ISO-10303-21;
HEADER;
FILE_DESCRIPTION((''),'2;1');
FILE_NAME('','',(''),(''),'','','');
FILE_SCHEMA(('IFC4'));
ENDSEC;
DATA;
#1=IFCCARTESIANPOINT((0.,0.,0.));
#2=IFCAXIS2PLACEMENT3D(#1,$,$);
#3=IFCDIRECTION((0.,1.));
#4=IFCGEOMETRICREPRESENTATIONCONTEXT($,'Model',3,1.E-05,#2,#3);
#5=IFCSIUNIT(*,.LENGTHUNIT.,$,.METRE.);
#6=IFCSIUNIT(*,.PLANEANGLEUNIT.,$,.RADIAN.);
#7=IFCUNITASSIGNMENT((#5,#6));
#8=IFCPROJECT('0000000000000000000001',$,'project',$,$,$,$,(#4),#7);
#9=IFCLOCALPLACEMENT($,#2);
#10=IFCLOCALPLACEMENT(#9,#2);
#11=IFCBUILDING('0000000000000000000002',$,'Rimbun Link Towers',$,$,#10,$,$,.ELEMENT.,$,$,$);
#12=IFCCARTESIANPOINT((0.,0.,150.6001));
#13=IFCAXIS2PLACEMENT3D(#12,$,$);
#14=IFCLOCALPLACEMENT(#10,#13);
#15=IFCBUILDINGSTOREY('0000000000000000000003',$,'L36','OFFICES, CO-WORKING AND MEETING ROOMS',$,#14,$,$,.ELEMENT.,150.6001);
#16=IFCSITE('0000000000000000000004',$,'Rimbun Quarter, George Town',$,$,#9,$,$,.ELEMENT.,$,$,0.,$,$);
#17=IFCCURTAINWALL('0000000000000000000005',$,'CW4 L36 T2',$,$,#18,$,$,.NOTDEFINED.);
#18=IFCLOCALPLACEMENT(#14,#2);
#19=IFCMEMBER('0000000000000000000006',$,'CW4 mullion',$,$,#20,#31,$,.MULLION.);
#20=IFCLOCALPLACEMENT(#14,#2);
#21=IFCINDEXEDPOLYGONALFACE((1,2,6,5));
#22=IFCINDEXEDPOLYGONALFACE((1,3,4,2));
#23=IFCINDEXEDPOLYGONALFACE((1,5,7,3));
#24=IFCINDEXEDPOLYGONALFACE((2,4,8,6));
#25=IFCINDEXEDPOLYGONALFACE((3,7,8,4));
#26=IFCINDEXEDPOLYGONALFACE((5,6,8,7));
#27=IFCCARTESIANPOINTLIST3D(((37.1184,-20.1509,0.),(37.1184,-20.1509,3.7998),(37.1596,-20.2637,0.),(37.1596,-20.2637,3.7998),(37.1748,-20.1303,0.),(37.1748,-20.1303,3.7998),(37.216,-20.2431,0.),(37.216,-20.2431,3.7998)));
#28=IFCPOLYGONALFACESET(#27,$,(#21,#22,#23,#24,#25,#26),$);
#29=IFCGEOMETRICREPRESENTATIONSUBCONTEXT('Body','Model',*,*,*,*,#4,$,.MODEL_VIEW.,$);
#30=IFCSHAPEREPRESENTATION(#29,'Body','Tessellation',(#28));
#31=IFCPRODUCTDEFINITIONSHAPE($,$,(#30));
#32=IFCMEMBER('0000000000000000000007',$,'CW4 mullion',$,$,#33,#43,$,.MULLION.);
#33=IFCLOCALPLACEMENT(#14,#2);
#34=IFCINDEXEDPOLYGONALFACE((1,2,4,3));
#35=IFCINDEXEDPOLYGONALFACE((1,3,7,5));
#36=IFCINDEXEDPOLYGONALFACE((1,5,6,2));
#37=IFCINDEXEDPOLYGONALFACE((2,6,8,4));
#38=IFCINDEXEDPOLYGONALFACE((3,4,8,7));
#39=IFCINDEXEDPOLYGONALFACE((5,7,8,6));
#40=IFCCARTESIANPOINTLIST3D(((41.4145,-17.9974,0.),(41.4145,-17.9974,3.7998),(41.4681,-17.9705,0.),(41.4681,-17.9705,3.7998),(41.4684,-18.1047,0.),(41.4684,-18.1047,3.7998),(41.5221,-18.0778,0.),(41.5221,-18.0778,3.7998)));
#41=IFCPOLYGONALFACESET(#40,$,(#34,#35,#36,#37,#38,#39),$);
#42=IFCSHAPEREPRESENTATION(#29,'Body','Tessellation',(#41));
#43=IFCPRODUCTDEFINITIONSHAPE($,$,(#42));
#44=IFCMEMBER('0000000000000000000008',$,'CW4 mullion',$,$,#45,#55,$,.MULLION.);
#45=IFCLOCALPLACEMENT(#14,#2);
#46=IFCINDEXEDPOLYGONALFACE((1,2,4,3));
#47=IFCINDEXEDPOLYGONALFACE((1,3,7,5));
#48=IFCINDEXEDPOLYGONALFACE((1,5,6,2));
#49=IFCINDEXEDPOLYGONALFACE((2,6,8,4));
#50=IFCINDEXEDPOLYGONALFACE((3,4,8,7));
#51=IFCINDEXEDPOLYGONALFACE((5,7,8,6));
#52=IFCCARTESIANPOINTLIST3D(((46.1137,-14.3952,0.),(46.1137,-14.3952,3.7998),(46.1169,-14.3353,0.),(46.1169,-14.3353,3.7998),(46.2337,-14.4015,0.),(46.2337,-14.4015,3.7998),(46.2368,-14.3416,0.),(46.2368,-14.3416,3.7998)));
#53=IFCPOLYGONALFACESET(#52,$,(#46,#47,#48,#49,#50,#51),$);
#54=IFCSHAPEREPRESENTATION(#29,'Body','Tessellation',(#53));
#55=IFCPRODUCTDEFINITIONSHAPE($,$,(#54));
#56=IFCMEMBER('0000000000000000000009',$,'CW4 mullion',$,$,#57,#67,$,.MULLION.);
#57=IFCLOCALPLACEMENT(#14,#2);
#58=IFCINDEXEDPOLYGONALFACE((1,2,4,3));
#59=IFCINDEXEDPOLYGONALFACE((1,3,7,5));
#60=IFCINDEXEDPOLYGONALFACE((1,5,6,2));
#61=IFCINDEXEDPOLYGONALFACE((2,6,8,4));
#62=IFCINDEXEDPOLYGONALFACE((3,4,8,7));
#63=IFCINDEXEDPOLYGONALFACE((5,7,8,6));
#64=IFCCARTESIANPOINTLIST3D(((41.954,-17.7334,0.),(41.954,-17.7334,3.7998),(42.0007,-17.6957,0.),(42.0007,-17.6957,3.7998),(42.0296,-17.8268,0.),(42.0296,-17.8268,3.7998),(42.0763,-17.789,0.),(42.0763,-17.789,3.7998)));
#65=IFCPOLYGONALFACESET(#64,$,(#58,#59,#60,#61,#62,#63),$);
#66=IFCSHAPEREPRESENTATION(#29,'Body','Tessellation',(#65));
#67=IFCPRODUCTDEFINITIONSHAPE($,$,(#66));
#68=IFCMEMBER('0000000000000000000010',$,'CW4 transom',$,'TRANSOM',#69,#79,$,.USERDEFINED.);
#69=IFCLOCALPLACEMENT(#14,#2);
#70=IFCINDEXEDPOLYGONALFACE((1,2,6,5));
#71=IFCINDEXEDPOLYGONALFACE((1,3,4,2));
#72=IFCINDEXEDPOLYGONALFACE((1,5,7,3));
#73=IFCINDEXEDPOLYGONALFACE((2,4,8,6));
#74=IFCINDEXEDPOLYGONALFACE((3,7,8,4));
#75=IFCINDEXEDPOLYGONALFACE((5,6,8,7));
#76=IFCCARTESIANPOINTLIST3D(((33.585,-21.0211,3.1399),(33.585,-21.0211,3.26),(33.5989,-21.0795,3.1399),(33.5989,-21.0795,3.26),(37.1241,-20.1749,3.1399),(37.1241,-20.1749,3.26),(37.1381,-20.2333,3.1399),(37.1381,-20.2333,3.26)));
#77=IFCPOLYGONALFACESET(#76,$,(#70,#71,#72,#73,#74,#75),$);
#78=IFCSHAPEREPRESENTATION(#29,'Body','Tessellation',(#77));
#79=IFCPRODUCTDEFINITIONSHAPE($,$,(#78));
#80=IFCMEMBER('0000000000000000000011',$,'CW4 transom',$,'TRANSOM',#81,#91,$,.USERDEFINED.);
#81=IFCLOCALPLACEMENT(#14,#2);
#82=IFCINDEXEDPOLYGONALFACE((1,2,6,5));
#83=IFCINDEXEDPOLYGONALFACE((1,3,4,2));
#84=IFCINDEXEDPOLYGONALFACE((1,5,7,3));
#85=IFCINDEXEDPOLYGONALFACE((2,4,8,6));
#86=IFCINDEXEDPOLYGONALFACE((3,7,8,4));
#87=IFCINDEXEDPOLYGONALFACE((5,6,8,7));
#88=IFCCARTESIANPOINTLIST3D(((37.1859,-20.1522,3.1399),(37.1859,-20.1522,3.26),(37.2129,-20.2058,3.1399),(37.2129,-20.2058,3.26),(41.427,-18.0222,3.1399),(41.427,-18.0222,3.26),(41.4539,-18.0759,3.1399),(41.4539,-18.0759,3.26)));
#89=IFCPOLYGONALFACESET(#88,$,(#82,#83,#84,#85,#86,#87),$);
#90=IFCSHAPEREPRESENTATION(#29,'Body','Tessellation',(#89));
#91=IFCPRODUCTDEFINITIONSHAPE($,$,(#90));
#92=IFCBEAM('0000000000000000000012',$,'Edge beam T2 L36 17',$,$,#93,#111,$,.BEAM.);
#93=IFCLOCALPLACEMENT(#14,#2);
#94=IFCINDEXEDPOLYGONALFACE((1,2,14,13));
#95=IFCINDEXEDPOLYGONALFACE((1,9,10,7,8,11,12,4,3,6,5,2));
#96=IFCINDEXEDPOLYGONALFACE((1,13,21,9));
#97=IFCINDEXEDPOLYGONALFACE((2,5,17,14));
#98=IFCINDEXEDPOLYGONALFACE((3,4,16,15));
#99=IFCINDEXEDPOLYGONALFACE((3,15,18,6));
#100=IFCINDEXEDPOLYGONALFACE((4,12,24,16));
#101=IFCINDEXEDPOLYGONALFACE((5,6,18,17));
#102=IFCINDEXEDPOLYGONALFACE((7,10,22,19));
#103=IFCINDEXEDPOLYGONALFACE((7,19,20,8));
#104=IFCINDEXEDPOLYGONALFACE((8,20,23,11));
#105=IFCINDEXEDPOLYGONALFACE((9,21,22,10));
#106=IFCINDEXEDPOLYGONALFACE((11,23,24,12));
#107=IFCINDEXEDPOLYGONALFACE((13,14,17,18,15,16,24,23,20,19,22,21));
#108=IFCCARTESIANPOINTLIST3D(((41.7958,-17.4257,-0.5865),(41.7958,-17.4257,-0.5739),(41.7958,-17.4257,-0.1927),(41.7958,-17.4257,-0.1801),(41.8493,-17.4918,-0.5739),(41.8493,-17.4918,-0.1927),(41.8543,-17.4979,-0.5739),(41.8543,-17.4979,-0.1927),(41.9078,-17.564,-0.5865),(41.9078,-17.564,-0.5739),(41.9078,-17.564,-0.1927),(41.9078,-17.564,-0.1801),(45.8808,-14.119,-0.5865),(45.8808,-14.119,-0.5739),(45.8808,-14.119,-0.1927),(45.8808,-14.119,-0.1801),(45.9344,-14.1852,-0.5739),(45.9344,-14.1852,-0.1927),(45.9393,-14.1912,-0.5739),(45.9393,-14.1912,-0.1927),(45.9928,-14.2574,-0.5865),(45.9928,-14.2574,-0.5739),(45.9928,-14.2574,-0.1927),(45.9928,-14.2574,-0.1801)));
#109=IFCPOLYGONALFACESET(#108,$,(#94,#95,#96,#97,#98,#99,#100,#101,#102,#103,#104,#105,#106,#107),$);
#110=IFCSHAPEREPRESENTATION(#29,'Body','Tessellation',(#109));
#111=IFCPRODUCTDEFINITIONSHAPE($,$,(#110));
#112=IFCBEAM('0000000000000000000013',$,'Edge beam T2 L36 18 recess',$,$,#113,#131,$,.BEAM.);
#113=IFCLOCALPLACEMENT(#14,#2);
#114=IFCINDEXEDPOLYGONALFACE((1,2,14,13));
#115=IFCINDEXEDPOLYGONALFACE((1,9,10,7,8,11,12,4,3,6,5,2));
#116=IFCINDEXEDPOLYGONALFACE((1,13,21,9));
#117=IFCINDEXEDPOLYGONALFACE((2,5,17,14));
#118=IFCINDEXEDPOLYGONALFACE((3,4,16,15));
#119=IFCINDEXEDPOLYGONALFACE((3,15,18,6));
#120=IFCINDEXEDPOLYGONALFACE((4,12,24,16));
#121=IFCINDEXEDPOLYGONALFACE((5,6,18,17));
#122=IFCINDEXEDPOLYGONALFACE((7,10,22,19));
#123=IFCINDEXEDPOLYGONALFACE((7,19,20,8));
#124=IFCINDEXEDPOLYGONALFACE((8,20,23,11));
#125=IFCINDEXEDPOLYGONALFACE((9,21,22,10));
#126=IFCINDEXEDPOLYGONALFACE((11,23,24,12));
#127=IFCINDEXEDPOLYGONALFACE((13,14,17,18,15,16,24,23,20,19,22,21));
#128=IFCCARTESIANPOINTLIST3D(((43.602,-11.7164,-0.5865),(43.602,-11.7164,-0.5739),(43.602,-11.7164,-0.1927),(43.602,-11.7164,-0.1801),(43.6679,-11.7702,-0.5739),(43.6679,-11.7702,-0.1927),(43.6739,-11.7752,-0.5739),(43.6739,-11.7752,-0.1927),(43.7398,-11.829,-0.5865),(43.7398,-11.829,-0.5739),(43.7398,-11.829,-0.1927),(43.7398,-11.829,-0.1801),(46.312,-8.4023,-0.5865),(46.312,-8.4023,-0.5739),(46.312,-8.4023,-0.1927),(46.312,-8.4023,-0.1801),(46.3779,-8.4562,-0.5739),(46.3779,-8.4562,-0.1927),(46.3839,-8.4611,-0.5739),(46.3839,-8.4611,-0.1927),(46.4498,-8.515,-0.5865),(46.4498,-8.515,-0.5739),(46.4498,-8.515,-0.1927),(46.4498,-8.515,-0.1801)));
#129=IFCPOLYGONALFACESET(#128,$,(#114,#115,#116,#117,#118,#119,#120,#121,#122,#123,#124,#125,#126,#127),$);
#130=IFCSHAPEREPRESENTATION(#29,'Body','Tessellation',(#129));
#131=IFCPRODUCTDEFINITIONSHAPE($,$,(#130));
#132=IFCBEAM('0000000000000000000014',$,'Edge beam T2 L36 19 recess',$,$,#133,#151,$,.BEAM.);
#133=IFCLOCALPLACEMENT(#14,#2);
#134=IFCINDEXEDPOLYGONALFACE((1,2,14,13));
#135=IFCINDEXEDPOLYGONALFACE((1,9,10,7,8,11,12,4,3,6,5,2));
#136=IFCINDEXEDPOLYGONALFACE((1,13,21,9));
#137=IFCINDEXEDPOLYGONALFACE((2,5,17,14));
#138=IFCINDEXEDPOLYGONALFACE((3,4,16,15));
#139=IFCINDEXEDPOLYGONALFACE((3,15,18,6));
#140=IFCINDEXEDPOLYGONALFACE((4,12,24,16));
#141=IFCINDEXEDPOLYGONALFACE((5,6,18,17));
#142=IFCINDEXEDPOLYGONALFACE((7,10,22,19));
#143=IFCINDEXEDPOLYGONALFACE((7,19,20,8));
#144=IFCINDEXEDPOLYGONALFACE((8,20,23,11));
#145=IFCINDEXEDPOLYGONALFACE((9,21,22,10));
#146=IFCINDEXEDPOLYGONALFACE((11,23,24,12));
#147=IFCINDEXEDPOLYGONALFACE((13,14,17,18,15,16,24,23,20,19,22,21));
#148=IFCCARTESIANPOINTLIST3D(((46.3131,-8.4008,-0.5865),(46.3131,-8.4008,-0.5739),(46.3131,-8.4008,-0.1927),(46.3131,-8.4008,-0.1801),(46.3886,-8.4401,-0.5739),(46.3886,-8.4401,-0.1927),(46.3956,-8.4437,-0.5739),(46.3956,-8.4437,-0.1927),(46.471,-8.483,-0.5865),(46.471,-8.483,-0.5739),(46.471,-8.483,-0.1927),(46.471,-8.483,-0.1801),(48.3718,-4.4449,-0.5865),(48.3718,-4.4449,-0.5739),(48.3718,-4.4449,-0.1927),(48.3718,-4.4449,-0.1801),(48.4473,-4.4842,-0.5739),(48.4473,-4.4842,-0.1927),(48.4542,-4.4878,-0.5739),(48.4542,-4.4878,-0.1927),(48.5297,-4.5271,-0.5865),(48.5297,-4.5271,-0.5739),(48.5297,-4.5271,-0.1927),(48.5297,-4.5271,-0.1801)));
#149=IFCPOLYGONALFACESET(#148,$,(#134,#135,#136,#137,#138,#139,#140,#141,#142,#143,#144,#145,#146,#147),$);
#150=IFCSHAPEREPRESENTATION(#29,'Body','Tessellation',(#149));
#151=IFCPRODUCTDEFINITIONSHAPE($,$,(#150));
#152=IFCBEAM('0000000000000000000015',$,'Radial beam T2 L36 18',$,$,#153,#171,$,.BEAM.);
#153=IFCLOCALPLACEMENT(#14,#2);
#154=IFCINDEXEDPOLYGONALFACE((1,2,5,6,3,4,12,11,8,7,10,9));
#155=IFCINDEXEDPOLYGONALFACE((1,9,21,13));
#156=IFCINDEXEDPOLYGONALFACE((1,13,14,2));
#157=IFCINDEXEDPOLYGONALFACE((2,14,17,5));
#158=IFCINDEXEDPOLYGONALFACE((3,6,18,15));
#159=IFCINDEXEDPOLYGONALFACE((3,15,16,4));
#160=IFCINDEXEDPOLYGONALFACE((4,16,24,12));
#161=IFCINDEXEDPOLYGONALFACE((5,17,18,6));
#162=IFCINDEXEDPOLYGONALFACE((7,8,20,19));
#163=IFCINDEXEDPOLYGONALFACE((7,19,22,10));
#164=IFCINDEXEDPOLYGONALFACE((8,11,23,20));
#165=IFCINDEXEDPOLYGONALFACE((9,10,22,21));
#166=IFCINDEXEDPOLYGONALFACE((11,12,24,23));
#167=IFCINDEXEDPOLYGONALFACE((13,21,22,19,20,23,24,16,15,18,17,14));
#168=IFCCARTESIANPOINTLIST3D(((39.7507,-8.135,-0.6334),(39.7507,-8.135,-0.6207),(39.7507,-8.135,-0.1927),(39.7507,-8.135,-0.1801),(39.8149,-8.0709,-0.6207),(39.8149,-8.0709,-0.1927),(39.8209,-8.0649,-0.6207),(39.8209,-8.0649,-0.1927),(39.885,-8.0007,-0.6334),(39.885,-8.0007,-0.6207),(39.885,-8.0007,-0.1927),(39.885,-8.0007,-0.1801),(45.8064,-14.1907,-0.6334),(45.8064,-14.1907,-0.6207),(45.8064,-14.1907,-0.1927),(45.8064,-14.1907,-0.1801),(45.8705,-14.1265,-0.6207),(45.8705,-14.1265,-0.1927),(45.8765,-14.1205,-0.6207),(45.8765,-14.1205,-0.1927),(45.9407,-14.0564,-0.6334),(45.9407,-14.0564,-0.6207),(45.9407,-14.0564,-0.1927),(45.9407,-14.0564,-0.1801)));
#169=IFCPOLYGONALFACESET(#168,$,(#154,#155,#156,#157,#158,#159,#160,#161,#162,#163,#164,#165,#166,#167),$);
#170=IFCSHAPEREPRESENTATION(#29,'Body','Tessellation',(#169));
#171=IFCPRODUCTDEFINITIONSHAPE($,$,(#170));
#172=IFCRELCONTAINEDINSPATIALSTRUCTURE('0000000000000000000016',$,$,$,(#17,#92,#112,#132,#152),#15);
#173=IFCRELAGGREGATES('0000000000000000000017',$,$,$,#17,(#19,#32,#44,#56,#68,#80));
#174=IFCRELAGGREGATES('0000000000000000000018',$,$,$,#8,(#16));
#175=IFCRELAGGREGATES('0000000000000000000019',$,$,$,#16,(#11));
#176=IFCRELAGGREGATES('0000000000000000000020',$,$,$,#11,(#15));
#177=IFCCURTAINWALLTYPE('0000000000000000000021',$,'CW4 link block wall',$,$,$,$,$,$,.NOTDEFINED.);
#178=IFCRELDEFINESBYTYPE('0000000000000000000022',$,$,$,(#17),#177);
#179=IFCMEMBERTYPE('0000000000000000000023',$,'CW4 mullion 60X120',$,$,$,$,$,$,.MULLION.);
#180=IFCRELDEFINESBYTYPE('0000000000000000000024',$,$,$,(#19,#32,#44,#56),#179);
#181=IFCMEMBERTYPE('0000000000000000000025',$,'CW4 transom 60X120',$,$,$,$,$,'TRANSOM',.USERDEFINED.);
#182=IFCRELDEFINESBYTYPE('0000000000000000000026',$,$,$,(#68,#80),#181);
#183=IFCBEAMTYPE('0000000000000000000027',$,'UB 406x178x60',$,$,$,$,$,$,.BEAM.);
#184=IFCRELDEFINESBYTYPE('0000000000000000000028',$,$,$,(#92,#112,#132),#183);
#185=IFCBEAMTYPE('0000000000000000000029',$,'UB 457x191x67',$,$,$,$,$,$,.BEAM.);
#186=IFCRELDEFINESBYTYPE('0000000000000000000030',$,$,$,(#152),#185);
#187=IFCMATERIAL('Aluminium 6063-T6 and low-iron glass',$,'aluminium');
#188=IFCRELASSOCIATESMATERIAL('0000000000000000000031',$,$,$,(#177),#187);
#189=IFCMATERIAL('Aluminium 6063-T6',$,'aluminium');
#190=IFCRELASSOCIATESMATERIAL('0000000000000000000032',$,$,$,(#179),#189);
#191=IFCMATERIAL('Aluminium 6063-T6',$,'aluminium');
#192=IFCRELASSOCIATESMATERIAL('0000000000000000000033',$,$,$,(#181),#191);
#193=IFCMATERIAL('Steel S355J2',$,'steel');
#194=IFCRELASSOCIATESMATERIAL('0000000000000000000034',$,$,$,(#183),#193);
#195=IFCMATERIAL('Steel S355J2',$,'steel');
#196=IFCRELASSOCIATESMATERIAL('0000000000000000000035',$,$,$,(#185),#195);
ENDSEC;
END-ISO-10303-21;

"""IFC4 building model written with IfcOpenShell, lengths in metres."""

from ifc_helpers import new_model, si_unit, direction, frame, origin, origin_2d, place, context, subcontext, project, spatial, rectangle, i_section, extrude, material, material_profile, profile_set, type_object, element, aggregate, save


model = new_model("IFC4")

# Units and contexts
model_context = context("Model", 3, precision=1e-05, world=origin(), true_north=direction((0.0, 1.0)))
body_context = subcontext(model_context, "Body", "Model", "MODEL_VIEW")
ifc_project = project(units=[si_unit("LENGTHUNIT", "METRE"), si_unit("PLANEANGLEUNIT", "RADIAN")], contexts=[model_context])

# Site, building, storey
site_placement = place(None, origin())
site = spatial("IfcSite", under=ifc_project, at=site_placement, Name="Rimbun Quarter, George Town", CompositionType="ELEMENT", RefElevation=0.0)
building_placement = place(site_placement, origin())
building = spatial("IfcBuilding", under=site, at=building_placement, Name="Rimbun Link Towers", CompositionType="ELEMENT")
storey_placement = place(building_placement, frame((0.0, 0.0, 150.6001)))
storey = spatial("IfcBuildingStorey", under=building, at=storey_placement, Name="L36", Description="OFFICES, CO-WORKING AND MEETING ROOMS", CompositionType="ELEMENT", Elevation=150.6001)

# Curtain wall, members
ifc_material_1 = material(Name="Aluminium 6063-T6 and low-iron glass", Category="aluminium")
curtain_wall_type = type_object("IfcCurtainWallType", Name="CW4 link block wall", PredefinedType="NOTDEFINED", material=ifc_material_1)
curtain_wall_placement = place(storey_placement, origin())
curtain_wall = element("IfcCurtainWall", 1, at=curtain_wall_placement, inside=storey, type_object=curtain_wall_type, Name="CW4 L36 T2", PredefinedType="NOTDEFINED")
ifc_material_2 = material(Name="Aluminium 6063-T6", Category="aluminium")
ifc_material_profile_1 = material_profile(ifc_material_2, rectangle(XDim=0.1201, YDim=0.0601, at=origin_2d()), Name="MULLION 60X120")
ifc_profile_set_1 = profile_set([ifc_material_profile_1], Name="Aluminium 6063-T6")
member_type_1 = type_object("IfcMemberType", Name="CW4 mullion 60X120", PredefinedType="MULLION", material=ifc_profile_set_1)
member_1_placement = place(storey_placement, frame((37.1672, -20.197, 0.0), z_axis=(0.0, 0.0, 1.0), x_axis=(0.342963, -0.939349, 0.0)))
member_1 = element("IfcMember", 2, at=member_1_placement, type_object=member_type_1, Name="CW4 mullion", PredefinedType="MULLION", context=body_context, shape_type="SweptSolid", body=[
    extrude(rectangle(XDim=0.1201, YDim=0.0601, at=origin_2d()), origin(), (0.0, 0.0, 1.0), 3.7998),
])
member_2_placement = place(storey_placement, frame((41.4683, -18.0376, 0.0), z_axis=(0.0, 0.0, 1.0), x_axis=(0.448782, -0.893641, 0.0)))
member_2 = element("IfcMember", 3, at=member_2_placement, type_object=member_type_1, Name="CW4 mullion", PredefinedType="MULLION", context=body_context, shape_type="SweptSolid", body=[
    extrude(rectangle(XDim=0.1201, YDim=0.0601, at=origin_2d()), origin(), (0.0, 0.0, 1.0), 3.7998),
])
member_3_placement = place(storey_placement, frame((46.1753, -14.3684, 0.0), z_axis=(0.0, 0.0, 1.0), x_axis=(0.998624, -0.05244, 0.0)))
member_3 = element("IfcMember", 4, at=member_3_placement, type_object=member_type_1, Name="CW4 mullion", PredefinedType="MULLION", context=body_context, shape_type="SweptSolid", body=[
    extrude(rectangle(XDim=0.1201, YDim=0.0601, at=origin_2d()), origin(), (0.0, 0.0, 1.0), 3.7998),
])
member_4_placement = place(storey_placement, frame((42.0151, -17.7612, 0.0), z_axis=(0.0, 0.0, 1.0), x_axis=(0.629159, -0.777277, 0.0)))
member_4 = element("IfcMember", 5, at=member_4_placement, type_object=member_type_1, Name="CW4 mullion", PredefinedType="MULLION", context=body_context, shape_type="SweptSolid", body=[
    extrude(rectangle(XDim=0.1201, YDim=0.0601, at=origin_2d()), origin(), (0.0, 0.0, 1.0), 3.7998),
])
ifc_material_3 = material(Name="Aluminium 6063-T6", Category="aluminium")
ifc_material_profile_2 = material_profile(ifc_material_3, rectangle(XDim=0.0601, YDim=0.1201, at=origin_2d()), Name="TRANSOM 60X120")
ifc_profile_set_2 = profile_set([ifc_material_profile_2], Name="Aluminium 6063-T6")
member_type_2 = type_object("IfcMemberType", Name="CW4 transom 60X120", ElementType="TRANSOM", PredefinedType="USERDEFINED", material=ifc_profile_set_2)
member_5_placement = place(storey_placement, frame((37.1311, -20.2041, 3.2), z_axis=(-0.972585, -0.232546, 0.0), x_axis=(0.232546, -0.972585, 0.0)))
member_5 = element("IfcMember", 6, at=member_5_placement, type_object=member_type_2, Name="CW4 transom", ObjectType="TRANSOM", PredefinedType="USERDEFINED", context=body_context, shape_type="SweptSolid", body=[
    extrude(rectangle(XDim=0.0601, YDim=0.1201, at=origin_2d()), origin(), (0.0, 0.0, 1.0), 3.6389),
])
member_6_placement = place(storey_placement, frame((41.4404, -18.0491, 3.2), z_axis=(-0.893634, -0.448797, 0.0), x_axis=(0.448797, -0.893634, 0.0)))
member_6 = element("IfcMember", 7, at=member_6_placement, type_object=member_type_2, Name="CW4 transom", ObjectType="TRANSOM", PredefinedType="USERDEFINED", context=body_context, shape_type="SweptSolid", body=[
    extrude(rectangle(XDim=0.0601, YDim=0.1201, at=origin_2d()), origin(), (0.0, 0.0, 1.0), 4.7458),
])

# Beams
ifc_material_4 = material(Name="Steel S355J2", Category="steel")
ifc_material_profile_3 = material_profile(ifc_material_4, i_section(OverallWidth=0.178, OverallDepth=0.4065, WebThickness=0.0078, FlangeThickness=0.0127, at=origin_2d()), Name="UB 406x178x60")
ifc_profile_set_3 = profile_set([ifc_material_profile_3], Name="Steel S355J2")
beam_type_1 = type_object("IfcBeamType", Name="UB 406x178x60", PredefinedType="BEAM", material=ifc_profile_set_3)
beam_1_placement = place(storey_placement, frame((41.8518, -17.4949, -0.3833), z_axis=(0.777267, 0.629172, 0.0), x_axis=(-0.629172, 0.777267, 0.0)))
element("IfcBeam", 8, at=beam_1_placement, inside=storey, type_object=beam_type_1, Name="Edge beam T2 L36 17", PredefinedType="BEAM", context=body_context, shape_type="SweptSolid", body=[
    extrude(i_section(OverallWidth=0.178, OverallDepth=0.4065, WebThickness=0.0078, FlangeThickness=0.0127, at=origin_2d()), origin(), (0.0, 0.0, 1.0), 5.2556),
])
beam_2_placement = place(storey_placement, frame((43.6709, -11.7727, -0.3833), z_axis=(0.633033, 0.774125, 0.0), x_axis=(-0.774125, 0.633033, 0.0)))
element("IfcBeam", 9, at=beam_2_placement, inside=storey, type_object=beam_type_1, Name="Edge beam T2 L36 18 recess", PredefinedType="BEAM", context=body_context, shape_type="SweptSolid", body=[
    extrude(i_section(OverallWidth=0.178, OverallDepth=0.4065, WebThickness=0.0078, FlangeThickness=0.0127, at=origin_2d()), origin(), (0.0, 0.0, 1.0), 4.281),
])
beam_3_placement = place(storey_placement, frame((46.3921, -8.4419, -0.3833), z_axis=(0.46163, 0.887072, 0.0), x_axis=(-0.887072, 0.46163, 0.0)))
element("IfcBeam", 10, at=beam_3_placement, inside=storey, type_object=beam_type_1, Name="Edge beam T2 L36 19 recess", PredefinedType="BEAM", context=body_context, shape_type="SweptSolid", body=[
    extrude(i_section(OverallWidth=0.178, OverallDepth=0.4065, WebThickness=0.0078, FlangeThickness=0.0127, at=origin_2d()), origin(), (0.0, 0.0, 1.0), 4.4595),
])
ifc_material_5 = material(Name="Steel S355J2", Category="steel")
ifc_material_profile_4 = material_profile(ifc_material_5, i_section(OverallWidth=0.1899, OverallDepth=0.4534, WebThickness=0.0085, FlangeThickness=0.0127, at=origin_2d()), Name="UB 457x191x67")
ifc_profile_set_4 = profile_set([ifc_material_profile_4], Name="Steel S355J2")
beam_type_2 = type_object("IfcBeamType", Name="UB 457x191x67", PredefinedType="BEAM", material=ifc_profile_set_4)
beam_4_placement = place(storey_placement, frame((39.8179, -8.0679, -0.4067), z_axis=(0.707107, -0.707107, 0.0), x_axis=(0.707107, 0.707107, 0.0)))
element("IfcBeam", 11, at=beam_4_placement, inside=storey, type_object=beam_type_2, Name="Radial beam T2 L36 18", PredefinedType="BEAM", context=body_context, shape_type="SweptSolid", body=[
    extrude(i_section(OverallWidth=0.1899, OverallDepth=0.4534, WebThickness=0.0085, FlangeThickness=0.0127, at=origin_2d()), origin(), (0.0, 0.0, 1.0), 8.564),
])

aggregate(curtain_wall, [member_1, member_2, member_3, member_4, member_5, member_6])

save(model, "model.ifc")
